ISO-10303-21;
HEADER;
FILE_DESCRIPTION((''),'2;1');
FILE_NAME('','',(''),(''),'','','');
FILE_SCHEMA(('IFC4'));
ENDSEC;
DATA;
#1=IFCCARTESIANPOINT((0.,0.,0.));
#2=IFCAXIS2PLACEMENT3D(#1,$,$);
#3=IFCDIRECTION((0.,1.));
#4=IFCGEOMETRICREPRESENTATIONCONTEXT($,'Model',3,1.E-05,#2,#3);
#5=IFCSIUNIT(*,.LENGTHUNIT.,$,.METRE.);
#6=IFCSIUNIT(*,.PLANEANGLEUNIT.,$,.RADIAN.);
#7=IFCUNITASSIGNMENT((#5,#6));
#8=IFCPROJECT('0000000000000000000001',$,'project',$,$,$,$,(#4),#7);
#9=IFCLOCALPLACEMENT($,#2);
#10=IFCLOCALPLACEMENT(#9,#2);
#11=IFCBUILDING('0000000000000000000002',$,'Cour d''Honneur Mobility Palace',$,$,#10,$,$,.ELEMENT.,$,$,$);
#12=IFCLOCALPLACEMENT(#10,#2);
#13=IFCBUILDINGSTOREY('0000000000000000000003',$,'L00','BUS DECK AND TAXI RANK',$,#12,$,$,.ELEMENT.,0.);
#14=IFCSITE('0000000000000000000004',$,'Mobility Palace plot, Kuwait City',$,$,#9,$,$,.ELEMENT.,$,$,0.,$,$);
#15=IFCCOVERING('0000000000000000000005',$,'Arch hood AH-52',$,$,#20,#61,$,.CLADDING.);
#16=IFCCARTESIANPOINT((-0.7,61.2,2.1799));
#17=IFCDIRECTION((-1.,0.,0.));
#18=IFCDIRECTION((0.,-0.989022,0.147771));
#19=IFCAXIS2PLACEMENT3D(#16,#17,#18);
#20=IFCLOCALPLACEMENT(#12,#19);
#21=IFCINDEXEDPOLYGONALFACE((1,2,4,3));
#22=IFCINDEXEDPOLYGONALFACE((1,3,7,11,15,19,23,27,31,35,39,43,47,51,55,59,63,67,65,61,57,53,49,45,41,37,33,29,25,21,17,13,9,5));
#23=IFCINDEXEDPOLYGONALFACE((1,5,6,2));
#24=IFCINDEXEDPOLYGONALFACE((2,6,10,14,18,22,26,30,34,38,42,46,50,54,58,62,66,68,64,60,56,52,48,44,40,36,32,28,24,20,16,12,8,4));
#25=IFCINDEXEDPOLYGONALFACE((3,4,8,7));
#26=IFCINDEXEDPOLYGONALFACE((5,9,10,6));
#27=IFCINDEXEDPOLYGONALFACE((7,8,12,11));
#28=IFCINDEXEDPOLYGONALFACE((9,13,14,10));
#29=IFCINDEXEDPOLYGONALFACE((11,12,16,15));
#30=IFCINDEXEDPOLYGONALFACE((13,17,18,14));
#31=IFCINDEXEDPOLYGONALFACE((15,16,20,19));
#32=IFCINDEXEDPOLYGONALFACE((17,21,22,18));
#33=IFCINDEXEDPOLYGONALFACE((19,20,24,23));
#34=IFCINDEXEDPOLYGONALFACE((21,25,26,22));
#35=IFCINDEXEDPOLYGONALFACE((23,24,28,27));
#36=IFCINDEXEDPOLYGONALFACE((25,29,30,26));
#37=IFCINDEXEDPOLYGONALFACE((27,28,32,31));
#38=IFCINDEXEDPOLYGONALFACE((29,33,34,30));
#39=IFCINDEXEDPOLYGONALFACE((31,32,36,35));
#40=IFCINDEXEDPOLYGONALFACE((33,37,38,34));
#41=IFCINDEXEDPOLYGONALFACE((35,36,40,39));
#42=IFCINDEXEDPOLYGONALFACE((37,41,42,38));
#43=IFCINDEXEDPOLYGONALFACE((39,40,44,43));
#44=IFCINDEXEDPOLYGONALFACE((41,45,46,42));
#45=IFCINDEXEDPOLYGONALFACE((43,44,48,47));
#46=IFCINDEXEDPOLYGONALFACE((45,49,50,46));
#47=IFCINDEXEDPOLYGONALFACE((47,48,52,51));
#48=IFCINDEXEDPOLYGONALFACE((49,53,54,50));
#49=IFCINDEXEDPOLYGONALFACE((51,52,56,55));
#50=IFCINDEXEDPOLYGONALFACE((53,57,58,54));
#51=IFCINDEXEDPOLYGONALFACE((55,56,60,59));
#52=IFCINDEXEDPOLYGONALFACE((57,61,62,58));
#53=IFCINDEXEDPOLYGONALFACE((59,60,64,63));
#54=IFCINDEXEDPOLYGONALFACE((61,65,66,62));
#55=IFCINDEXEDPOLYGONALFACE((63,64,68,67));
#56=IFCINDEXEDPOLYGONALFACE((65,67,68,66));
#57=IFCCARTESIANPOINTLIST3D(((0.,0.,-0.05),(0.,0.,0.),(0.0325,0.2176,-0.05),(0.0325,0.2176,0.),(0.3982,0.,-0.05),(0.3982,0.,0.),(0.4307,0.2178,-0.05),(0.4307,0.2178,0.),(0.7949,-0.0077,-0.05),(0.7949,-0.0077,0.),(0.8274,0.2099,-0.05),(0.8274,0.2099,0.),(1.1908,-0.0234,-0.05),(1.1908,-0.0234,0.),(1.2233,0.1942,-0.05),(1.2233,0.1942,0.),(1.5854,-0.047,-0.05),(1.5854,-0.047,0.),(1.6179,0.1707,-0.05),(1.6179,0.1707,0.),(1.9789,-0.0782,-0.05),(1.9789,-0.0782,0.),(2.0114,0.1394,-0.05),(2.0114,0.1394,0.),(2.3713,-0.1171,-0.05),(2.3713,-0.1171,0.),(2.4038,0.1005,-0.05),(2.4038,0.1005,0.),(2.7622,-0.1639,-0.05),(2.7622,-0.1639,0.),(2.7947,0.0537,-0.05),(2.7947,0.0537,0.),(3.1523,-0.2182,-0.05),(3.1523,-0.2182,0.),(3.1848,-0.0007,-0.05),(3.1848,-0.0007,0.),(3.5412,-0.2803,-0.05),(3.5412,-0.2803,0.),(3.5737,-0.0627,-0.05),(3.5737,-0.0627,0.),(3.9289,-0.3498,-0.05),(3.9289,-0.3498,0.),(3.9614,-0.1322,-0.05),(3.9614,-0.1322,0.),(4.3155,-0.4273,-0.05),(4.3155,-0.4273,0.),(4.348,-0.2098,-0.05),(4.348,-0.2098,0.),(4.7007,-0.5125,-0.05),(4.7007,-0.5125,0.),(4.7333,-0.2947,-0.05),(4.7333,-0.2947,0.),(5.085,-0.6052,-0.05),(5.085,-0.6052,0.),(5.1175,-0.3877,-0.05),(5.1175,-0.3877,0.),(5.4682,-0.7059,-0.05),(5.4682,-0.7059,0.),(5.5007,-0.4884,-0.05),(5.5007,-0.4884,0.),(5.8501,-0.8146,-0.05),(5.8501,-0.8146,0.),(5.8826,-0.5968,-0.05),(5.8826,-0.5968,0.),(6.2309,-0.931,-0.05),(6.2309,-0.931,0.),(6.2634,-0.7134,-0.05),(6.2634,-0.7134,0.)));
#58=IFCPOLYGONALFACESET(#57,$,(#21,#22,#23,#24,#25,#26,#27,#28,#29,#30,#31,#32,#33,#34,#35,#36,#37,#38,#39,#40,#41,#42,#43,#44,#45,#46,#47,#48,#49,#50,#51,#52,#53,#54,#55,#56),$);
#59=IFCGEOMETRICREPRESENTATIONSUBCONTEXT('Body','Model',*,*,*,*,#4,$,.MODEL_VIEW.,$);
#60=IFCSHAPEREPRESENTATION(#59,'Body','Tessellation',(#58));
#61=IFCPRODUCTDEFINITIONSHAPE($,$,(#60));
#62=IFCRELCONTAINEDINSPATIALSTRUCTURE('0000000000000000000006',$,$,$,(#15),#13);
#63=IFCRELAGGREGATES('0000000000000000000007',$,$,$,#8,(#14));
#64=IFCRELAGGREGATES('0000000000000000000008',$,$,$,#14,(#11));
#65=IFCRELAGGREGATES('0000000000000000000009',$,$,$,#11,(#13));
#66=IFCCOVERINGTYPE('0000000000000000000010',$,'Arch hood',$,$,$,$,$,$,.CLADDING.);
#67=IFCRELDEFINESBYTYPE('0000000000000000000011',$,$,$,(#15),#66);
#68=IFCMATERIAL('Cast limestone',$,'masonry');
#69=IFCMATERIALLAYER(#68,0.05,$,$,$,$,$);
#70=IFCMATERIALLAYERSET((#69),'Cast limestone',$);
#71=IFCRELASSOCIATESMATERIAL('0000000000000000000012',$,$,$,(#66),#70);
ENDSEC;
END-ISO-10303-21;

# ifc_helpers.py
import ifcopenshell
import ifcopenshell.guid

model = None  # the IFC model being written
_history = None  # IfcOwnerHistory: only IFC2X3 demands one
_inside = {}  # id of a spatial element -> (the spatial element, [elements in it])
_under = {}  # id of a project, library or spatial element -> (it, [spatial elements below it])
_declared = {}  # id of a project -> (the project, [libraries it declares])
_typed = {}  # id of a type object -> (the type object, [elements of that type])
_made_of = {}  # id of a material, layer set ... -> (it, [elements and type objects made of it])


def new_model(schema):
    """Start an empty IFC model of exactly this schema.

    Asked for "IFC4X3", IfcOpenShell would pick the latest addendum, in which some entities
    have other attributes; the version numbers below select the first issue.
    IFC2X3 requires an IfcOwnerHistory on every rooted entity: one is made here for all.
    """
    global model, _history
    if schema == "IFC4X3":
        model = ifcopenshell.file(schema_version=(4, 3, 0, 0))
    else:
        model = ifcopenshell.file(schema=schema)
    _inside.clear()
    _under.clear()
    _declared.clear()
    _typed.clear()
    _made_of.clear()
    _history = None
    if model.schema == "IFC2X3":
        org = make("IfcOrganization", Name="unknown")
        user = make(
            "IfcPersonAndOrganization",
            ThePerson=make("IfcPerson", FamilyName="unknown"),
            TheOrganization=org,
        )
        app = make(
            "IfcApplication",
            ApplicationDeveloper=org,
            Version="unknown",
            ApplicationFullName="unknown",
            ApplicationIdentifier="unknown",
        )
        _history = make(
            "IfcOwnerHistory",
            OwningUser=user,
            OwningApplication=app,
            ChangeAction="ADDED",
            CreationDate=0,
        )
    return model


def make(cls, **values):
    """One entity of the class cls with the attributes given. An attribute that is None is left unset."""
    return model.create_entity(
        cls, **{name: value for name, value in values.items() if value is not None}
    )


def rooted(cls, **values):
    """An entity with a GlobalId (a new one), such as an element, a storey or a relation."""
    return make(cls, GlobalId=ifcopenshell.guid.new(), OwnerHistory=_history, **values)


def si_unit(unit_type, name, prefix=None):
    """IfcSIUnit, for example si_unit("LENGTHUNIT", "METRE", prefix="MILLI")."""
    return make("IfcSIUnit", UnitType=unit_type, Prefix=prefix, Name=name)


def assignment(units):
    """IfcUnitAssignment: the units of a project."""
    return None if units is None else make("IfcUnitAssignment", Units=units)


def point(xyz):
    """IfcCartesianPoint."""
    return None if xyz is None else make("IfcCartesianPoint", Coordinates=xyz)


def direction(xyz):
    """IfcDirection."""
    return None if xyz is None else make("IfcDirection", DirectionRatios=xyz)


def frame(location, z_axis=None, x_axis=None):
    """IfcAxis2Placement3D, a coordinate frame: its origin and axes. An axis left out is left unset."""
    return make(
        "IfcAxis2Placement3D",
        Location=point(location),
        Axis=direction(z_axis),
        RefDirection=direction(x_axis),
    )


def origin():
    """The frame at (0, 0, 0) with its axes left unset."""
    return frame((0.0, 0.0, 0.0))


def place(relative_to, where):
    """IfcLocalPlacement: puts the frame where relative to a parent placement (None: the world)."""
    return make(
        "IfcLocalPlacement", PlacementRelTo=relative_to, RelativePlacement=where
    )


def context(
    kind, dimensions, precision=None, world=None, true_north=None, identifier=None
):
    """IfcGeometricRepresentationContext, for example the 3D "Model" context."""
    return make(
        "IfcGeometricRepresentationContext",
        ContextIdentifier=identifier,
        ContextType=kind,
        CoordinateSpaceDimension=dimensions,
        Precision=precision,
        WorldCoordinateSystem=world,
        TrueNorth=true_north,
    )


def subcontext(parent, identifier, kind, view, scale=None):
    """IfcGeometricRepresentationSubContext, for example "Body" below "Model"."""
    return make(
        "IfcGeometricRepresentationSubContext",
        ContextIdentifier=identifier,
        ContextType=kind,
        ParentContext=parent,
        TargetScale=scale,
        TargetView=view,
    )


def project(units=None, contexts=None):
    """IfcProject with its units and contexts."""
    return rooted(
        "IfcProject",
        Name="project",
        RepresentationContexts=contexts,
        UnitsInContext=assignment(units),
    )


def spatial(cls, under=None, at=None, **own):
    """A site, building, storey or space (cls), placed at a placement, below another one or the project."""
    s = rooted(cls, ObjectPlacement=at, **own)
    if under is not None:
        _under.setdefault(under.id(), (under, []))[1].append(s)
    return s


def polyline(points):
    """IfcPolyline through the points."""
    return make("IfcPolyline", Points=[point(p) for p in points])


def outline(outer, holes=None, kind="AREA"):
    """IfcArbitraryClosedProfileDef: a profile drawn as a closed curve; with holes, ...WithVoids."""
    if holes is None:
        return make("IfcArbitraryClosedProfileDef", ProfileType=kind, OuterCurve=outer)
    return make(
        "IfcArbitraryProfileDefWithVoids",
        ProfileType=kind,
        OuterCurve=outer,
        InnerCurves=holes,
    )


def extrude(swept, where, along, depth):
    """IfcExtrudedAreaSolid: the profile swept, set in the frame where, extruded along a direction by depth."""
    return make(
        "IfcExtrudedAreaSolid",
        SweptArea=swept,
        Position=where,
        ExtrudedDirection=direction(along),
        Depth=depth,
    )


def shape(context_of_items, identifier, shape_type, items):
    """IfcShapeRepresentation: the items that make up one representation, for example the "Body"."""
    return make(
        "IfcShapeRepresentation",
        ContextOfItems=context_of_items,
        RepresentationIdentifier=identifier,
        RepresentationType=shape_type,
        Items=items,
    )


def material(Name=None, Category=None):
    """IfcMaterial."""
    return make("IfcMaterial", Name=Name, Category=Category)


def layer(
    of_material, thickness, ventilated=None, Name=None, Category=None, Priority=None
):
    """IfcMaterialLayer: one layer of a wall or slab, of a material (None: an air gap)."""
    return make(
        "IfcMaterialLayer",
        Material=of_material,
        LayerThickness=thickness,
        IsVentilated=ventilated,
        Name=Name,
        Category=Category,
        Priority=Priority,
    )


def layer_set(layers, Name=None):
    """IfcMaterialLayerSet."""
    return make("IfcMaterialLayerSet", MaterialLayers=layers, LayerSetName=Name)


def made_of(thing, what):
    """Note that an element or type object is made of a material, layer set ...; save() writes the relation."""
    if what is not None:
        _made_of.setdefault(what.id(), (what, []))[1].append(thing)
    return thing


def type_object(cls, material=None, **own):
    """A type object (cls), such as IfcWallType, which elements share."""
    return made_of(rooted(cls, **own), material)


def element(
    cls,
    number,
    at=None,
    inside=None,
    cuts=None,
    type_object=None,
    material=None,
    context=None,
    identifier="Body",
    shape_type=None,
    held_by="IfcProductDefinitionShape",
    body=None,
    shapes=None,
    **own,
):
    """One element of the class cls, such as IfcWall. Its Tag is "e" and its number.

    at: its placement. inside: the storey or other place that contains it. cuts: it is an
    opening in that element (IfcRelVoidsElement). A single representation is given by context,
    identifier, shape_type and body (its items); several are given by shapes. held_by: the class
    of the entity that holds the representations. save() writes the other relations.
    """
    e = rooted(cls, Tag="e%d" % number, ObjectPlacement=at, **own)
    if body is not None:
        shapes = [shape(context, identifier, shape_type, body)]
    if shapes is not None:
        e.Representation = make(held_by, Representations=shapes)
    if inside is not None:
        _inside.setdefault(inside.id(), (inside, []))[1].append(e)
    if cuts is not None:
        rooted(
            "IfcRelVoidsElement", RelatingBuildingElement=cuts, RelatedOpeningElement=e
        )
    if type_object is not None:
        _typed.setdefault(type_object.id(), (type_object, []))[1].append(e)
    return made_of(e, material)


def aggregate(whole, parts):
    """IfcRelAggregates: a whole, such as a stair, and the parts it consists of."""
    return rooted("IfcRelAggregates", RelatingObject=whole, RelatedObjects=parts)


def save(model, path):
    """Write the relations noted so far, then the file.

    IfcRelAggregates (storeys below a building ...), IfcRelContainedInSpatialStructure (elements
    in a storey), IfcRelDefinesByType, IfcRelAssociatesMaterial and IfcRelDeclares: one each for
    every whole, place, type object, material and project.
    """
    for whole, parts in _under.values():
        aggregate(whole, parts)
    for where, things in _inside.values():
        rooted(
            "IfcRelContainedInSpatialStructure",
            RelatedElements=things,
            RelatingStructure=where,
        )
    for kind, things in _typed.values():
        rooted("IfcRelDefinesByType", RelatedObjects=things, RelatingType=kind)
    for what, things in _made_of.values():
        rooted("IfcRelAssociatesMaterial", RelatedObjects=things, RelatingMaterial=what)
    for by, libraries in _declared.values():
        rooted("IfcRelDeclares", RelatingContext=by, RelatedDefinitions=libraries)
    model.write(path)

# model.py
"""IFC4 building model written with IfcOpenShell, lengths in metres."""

from ifc_helpers import new_model, si_unit, direction, frame, origin, place, context, subcontext, project, spatial, polyline, outline, extrude, material, layer, layer_set, type_object, element, save


model = new_model("IFC4")

# Units and contexts
model_context = context("Model", 3, precision=1e-05, world=origin(), true_north=direction((0.0, 1.0)))
body_context = subcontext(model_context, "Body", "Model", "MODEL_VIEW")
ifc_project = project(units=[si_unit("LENGTHUNIT", "METRE"), si_unit("PLANEANGLEUNIT", "RADIAN")], contexts=[model_context])

# Site, building, storey
site_placement = place(None, origin())
site = spatial("IfcSite", under=ifc_project, at=site_placement, Name="Mobility Palace plot, Kuwait City", CompositionType="ELEMENT", RefElevation=0.0)
building_placement = place(site_placement, origin())
building = spatial("IfcBuilding", under=site, at=building_placement, Name="Cour d'Honneur Mobility Palace", CompositionType="ELEMENT")
storey_placement = place(building_placement, origin())
storey = spatial("IfcBuildingStorey", under=building, at=storey_placement, Name="L00", Description="BUS DECK AND TAXI RANK", CompositionType="ELEMENT", Elevation=0.0)

# Covering
ifc_material_1 = material(Name="Cast limestone", Category="masonry")
ifc_layer_1 = layer(ifc_material_1, 0.05)
ifc_layer_set_1 = layer_set([ifc_layer_1], Name="Cast limestone")
covering_type_1 = type_object("IfcCoveringType", Name="Arch hood", PredefinedType="CLADDING", material=ifc_layer_set_1)
covering_1_placement = place(storey_placement, frame((-0.7, 61.2, 2.1799), z_axis=(-1.0, 0.0, 0.0), x_axis=(0.0, -0.989022, 0.147771)))
element("IfcCovering", 1, at=covering_1_placement, inside=storey, type_object=covering_type_1, Name="Arch hood AH-52", PredefinedType="CLADDING", context=body_context, shape_type="SweptSolid", body=[
    extrude(outline(polyline([(0.0, 0.0), (0.3982, 0.0), (0.7949, -0.0077), (1.1908, -0.0234), (1.5854, -0.047), (1.9789, -0.0782), (2.3713, -0.1171), (2.7622, -0.1639), (3.1523, -0.2182), (3.5412, -0.2803), (3.9289, -0.3498), (4.3155, -0.4273), (4.7007, -0.5125), (5.085, -0.6052), (5.4682, -0.7059), (5.8501, -0.8146), (6.2309, -0.931), (6.2634, -0.7134), (5.8826, -0.5968), (5.5007, -0.4884), (5.1175, -0.3877), (4.7333, -0.2947), (4.348, -0.2098), (3.9614, -0.1322), (3.5737, -0.0627), (3.1848, -0.0007), (2.7947, 0.0537), (2.4038, 0.1005), (2.0114, 0.1394), (1.6179, 0.1707), (1.2233, 0.1942), (0.8274, 0.2099), (0.4307, 0.2178), (0.0325, 0.2176), (0.0, 0.0)])), origin(), (0.0, 0.0, -1.0), 0.05),
])

save(model, "model.ifc")
